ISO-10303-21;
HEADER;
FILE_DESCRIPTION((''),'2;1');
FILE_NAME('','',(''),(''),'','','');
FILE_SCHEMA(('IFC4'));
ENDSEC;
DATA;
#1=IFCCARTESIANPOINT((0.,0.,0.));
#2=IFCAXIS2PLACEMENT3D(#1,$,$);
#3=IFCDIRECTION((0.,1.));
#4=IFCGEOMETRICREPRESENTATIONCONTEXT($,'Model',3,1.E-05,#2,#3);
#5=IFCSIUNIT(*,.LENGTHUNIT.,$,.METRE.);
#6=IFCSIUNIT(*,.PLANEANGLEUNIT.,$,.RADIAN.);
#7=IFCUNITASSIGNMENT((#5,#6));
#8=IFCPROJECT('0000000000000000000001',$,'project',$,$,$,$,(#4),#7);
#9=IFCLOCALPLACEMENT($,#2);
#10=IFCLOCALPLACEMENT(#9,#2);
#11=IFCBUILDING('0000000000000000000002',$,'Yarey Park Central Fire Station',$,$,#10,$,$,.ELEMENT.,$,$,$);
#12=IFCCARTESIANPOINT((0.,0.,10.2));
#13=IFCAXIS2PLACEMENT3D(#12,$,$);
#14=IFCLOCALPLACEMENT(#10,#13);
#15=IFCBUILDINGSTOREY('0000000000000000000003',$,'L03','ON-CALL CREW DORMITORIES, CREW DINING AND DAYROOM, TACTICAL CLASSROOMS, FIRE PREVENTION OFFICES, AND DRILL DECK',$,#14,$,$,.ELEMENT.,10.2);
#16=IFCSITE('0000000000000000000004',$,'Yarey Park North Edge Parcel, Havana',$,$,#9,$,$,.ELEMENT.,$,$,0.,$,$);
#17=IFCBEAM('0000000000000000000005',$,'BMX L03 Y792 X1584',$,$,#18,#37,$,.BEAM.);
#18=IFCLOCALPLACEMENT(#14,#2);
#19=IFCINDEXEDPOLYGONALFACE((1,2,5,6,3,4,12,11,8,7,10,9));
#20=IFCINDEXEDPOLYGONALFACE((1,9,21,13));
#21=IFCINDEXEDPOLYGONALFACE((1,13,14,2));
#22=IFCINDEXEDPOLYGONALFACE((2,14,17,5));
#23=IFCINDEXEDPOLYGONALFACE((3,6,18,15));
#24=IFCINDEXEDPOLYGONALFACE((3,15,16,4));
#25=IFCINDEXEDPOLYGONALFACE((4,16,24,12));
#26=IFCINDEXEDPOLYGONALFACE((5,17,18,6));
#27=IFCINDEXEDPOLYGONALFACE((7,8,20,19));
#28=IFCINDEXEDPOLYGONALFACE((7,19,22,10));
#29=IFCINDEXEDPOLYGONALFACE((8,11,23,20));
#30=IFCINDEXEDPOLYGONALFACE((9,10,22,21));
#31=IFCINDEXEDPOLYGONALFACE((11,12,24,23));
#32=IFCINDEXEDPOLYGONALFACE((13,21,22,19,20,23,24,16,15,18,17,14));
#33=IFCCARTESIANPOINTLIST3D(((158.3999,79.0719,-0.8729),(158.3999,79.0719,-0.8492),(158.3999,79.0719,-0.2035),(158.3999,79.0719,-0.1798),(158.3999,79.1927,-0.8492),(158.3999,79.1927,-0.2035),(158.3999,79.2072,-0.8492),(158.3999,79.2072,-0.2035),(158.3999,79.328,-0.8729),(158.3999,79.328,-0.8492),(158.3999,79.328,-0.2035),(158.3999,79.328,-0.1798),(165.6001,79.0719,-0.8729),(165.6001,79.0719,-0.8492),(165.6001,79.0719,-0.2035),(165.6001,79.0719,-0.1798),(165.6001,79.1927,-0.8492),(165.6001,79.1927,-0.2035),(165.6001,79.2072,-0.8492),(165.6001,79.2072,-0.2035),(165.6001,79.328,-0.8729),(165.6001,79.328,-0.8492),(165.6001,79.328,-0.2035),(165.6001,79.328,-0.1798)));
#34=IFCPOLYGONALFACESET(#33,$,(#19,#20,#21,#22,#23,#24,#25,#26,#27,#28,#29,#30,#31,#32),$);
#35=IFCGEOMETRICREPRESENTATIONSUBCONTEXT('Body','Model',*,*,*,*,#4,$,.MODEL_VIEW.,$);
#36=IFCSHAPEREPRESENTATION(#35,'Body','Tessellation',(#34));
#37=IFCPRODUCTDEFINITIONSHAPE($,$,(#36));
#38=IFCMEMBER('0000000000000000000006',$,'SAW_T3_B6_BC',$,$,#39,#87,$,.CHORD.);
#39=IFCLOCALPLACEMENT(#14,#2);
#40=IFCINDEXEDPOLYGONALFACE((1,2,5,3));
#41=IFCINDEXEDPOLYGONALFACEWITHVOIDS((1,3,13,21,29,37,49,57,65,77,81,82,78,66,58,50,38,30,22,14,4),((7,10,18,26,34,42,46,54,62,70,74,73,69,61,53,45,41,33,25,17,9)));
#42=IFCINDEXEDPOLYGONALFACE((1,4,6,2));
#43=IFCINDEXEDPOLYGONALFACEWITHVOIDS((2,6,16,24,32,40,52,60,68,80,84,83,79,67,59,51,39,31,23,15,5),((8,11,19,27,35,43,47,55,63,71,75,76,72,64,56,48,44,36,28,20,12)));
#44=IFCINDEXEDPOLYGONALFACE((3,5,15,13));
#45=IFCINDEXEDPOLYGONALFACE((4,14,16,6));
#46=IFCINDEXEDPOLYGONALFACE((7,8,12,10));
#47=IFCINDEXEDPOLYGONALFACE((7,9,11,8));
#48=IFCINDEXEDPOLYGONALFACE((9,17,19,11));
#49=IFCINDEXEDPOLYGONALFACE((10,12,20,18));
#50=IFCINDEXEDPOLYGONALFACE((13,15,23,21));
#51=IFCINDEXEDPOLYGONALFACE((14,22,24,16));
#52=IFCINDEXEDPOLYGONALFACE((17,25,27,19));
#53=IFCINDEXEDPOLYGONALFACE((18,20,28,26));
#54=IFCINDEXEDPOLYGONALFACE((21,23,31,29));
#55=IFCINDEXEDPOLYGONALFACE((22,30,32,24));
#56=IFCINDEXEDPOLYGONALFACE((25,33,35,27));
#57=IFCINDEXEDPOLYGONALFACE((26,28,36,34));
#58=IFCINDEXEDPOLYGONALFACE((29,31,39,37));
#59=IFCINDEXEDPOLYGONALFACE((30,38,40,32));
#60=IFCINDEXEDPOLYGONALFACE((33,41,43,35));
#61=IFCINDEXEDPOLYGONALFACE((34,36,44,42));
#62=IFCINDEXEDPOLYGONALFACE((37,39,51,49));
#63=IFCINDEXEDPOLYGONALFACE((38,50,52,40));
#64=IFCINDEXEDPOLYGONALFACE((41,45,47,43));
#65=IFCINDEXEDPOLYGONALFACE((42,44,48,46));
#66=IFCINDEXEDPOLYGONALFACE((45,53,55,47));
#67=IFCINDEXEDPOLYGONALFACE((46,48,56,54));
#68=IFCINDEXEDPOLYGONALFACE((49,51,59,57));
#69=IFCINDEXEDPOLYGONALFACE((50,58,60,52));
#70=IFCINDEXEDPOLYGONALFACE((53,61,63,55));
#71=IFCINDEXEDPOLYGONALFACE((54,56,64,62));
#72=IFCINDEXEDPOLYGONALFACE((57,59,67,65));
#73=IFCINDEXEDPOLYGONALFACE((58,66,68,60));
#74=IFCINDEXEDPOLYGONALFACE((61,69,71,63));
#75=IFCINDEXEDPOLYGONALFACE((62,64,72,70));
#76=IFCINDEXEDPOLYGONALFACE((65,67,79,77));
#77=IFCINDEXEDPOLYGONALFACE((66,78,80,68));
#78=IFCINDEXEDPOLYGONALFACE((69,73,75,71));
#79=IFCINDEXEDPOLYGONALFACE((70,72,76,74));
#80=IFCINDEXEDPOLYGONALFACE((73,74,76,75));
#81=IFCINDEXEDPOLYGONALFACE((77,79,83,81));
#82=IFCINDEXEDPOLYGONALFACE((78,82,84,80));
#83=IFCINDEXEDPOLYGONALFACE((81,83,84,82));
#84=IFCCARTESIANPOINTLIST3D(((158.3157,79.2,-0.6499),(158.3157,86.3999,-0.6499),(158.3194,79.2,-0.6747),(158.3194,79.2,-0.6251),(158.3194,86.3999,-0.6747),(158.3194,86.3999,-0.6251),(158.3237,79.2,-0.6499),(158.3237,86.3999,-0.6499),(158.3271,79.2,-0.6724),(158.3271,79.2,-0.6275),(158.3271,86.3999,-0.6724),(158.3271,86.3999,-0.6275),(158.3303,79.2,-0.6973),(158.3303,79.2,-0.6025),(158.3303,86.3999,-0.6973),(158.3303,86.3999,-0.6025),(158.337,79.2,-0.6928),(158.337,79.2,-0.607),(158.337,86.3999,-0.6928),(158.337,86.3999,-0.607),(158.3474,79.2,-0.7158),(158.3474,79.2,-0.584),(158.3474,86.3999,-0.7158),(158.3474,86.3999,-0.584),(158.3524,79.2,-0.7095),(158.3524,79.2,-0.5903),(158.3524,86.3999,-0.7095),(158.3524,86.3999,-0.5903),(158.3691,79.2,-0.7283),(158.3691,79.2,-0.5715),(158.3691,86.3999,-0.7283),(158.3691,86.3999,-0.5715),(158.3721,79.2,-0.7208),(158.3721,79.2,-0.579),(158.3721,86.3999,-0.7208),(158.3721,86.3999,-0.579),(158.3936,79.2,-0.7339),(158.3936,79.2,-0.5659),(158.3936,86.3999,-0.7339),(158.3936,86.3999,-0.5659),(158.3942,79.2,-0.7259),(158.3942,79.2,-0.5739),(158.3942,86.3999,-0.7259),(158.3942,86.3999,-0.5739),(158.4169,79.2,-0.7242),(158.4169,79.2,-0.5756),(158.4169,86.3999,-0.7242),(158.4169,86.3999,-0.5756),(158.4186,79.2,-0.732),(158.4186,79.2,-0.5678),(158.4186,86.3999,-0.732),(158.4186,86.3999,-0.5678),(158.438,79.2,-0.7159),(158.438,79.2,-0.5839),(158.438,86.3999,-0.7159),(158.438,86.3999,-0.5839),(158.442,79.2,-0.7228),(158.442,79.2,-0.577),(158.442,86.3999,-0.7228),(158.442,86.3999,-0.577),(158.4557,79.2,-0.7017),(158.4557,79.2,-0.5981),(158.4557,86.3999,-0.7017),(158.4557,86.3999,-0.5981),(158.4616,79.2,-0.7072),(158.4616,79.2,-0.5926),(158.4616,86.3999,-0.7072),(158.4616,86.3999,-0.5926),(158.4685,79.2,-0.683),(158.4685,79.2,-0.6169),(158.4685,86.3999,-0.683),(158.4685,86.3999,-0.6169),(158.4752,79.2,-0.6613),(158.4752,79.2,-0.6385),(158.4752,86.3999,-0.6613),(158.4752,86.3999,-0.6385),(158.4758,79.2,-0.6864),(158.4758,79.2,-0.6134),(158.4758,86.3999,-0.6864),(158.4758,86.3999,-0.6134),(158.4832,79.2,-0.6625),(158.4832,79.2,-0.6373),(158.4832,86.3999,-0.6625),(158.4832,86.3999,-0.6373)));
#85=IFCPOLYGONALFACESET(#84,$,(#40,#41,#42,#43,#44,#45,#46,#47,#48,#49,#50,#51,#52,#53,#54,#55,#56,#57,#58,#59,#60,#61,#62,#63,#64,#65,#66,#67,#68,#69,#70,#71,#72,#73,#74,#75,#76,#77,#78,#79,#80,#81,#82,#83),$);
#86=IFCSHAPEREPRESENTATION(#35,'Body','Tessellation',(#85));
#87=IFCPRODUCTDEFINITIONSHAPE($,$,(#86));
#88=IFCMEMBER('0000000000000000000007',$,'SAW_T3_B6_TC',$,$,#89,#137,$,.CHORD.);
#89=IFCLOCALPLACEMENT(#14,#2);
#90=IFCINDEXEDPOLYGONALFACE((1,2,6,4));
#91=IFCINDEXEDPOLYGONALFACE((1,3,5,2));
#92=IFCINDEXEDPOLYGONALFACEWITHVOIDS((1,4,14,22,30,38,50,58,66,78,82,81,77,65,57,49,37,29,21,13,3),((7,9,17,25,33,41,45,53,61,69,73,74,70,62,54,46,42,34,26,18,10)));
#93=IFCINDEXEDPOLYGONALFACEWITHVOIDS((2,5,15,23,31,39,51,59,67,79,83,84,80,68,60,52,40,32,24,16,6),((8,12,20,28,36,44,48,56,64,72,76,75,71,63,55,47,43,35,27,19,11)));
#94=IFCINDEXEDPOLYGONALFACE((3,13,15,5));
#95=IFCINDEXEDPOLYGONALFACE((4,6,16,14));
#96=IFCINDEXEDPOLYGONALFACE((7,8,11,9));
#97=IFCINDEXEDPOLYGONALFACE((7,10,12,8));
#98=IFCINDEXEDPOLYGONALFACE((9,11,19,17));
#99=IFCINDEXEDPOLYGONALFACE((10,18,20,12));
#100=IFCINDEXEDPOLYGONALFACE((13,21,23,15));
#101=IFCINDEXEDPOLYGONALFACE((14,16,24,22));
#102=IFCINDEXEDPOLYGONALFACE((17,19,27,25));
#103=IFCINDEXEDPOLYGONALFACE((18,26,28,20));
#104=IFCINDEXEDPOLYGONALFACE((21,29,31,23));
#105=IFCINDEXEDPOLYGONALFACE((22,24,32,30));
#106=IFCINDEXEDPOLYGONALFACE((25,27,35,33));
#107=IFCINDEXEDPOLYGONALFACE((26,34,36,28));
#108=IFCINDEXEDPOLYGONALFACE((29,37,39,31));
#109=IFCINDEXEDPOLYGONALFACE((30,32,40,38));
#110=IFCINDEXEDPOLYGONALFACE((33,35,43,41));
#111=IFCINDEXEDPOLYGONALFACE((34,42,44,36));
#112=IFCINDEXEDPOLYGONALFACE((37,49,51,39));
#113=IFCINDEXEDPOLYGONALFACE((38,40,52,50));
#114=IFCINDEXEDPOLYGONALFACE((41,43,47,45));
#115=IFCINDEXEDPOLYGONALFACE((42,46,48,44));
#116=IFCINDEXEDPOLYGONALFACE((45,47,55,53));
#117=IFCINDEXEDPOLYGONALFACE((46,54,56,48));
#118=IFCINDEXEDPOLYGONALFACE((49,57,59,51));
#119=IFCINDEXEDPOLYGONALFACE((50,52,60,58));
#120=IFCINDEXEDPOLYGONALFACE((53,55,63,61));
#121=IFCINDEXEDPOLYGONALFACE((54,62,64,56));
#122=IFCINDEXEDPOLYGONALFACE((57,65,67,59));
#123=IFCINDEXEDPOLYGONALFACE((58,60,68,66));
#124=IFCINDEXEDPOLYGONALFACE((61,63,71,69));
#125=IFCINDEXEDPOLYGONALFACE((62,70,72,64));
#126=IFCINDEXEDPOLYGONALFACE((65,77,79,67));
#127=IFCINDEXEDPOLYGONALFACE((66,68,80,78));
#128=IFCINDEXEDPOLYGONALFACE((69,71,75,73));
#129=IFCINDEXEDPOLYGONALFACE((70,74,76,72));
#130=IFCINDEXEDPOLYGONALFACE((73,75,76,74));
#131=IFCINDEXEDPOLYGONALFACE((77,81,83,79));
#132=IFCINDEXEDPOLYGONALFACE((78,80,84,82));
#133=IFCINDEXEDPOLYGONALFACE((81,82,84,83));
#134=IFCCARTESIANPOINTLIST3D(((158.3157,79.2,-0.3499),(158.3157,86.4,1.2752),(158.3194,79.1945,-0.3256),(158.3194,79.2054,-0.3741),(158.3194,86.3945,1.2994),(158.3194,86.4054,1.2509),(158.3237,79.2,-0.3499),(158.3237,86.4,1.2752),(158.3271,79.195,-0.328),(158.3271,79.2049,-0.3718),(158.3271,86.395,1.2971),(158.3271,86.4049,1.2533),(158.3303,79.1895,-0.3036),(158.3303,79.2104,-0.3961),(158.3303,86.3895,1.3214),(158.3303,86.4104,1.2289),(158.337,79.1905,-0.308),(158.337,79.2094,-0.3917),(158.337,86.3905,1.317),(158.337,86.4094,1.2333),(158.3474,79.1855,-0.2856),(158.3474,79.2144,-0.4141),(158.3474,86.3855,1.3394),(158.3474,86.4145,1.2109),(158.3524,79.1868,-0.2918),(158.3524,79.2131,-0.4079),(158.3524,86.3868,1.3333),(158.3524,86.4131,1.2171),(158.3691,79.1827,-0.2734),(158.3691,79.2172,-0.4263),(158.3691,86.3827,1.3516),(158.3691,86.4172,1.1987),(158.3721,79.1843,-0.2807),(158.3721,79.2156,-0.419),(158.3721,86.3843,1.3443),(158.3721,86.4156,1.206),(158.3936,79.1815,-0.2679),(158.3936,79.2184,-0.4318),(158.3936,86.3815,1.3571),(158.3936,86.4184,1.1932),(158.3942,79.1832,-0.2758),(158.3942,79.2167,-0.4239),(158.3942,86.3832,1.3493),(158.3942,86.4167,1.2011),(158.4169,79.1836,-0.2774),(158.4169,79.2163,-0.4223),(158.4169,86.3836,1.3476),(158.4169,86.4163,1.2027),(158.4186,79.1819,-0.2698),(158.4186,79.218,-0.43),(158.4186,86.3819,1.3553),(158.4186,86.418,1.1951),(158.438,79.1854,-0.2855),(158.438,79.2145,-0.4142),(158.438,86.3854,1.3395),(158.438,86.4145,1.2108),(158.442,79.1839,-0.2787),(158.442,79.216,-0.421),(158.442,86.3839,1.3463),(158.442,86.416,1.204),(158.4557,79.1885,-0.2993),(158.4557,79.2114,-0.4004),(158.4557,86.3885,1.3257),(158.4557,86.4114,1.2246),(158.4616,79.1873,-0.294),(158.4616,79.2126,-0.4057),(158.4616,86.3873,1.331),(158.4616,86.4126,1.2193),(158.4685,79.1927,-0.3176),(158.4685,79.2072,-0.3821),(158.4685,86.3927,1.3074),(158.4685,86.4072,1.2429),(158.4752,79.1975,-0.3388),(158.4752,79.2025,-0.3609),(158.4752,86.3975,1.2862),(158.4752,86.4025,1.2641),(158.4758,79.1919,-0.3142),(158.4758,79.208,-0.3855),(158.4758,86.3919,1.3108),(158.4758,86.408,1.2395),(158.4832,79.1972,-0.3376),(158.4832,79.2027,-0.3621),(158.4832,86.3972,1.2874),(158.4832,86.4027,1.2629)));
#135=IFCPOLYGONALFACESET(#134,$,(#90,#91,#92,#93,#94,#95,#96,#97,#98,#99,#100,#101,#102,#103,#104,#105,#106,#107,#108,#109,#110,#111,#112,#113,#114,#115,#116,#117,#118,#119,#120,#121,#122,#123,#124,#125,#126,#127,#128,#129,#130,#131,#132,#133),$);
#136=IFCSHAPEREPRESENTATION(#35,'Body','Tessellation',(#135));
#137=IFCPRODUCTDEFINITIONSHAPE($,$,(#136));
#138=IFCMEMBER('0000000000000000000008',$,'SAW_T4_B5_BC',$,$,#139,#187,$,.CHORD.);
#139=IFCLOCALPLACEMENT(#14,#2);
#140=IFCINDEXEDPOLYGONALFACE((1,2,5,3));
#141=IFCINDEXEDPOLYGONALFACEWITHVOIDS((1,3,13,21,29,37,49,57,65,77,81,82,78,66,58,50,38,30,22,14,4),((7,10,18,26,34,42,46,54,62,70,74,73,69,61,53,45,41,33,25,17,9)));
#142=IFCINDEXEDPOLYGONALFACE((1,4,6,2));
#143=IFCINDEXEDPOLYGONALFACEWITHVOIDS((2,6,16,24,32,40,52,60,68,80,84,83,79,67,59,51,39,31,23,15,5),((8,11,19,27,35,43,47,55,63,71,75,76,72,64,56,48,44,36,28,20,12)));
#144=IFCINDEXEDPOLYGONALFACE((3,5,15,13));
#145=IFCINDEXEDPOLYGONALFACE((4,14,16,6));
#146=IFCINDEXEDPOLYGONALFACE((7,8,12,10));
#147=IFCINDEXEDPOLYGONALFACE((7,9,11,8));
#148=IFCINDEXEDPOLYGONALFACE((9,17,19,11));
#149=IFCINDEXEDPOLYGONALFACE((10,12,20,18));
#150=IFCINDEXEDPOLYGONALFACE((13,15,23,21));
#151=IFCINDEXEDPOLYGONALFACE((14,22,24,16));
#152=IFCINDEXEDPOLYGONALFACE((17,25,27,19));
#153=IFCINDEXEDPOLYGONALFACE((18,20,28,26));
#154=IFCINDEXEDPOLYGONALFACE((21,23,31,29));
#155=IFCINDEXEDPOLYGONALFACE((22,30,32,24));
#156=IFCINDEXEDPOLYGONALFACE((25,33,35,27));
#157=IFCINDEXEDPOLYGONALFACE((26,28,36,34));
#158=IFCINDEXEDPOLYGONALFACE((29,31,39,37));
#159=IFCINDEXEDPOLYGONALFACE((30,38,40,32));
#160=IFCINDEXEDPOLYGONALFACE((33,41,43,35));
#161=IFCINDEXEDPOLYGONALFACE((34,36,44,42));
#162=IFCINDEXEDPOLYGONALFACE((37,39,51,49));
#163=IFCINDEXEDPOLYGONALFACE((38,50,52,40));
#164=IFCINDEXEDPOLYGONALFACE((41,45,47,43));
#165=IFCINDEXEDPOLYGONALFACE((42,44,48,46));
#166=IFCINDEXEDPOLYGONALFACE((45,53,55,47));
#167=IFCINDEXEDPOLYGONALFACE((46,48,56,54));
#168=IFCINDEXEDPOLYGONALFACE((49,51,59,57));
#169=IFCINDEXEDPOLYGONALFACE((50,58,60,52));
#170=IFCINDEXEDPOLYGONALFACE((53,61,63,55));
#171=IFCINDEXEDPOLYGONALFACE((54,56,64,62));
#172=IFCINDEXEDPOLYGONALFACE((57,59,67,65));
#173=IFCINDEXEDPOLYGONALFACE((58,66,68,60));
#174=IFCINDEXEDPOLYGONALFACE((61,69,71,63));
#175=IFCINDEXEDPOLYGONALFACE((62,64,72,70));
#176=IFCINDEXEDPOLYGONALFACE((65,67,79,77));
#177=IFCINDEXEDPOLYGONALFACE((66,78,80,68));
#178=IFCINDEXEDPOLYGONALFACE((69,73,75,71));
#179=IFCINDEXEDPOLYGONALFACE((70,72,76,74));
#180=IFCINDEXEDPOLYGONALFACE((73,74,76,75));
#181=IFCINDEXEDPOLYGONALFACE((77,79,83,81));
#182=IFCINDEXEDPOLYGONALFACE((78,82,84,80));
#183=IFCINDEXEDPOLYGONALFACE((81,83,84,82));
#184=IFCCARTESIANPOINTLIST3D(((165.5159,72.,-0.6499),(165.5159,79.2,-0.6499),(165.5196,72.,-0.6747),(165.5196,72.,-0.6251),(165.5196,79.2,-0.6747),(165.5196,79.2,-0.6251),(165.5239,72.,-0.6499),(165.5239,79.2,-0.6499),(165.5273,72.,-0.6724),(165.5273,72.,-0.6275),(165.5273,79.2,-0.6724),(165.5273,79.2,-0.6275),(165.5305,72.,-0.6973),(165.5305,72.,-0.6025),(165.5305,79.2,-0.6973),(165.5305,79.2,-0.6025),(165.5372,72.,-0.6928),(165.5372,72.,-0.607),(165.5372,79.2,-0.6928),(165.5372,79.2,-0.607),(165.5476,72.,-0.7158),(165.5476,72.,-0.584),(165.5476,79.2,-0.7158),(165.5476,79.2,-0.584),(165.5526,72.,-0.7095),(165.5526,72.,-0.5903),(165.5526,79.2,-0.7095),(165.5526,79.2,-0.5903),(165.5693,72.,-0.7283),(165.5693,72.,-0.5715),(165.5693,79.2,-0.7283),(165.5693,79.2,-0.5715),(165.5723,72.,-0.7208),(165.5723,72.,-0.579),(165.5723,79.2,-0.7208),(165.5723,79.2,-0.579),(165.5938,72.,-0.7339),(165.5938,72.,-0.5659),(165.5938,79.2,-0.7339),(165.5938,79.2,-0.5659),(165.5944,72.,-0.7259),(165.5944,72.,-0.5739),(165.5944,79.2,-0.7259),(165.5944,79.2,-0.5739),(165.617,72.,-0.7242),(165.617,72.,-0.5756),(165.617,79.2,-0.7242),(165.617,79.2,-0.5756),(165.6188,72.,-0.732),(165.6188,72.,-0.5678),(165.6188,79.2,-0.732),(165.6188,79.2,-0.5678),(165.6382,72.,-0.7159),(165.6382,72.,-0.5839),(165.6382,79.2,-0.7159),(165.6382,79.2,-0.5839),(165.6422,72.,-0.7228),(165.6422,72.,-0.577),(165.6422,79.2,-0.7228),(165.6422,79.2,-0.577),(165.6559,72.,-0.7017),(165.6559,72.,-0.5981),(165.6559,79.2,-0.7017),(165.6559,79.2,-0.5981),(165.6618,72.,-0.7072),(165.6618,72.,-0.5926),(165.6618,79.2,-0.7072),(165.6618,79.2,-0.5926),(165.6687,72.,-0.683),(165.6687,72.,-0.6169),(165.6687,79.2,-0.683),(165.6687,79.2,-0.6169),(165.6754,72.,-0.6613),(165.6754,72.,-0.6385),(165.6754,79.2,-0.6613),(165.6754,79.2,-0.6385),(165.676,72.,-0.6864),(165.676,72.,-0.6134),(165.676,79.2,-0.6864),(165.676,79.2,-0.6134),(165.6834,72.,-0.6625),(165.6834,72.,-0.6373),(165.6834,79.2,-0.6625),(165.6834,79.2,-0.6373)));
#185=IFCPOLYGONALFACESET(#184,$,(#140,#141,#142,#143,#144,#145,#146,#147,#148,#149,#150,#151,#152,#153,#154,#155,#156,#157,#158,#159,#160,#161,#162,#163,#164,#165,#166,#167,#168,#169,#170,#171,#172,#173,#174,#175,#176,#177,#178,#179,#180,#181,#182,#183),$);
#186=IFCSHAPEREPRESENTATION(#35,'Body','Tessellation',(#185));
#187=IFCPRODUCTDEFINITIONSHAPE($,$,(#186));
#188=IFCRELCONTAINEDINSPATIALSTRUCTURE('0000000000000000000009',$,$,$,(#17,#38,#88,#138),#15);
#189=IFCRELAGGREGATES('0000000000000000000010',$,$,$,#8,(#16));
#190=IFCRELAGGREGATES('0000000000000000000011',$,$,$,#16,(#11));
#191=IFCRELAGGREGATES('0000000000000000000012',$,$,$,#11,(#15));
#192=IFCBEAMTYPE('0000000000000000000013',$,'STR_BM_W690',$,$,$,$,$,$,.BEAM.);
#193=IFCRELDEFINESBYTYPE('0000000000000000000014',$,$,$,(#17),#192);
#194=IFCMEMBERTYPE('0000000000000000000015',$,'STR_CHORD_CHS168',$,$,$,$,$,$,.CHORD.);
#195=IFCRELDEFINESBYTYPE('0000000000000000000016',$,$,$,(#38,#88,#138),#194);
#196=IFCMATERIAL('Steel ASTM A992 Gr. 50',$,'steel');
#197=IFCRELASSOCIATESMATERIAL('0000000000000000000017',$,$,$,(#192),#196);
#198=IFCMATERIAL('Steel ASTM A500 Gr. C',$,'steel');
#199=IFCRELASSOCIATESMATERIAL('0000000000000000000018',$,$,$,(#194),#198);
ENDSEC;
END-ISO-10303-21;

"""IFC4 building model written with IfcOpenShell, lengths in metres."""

from ifc_helpers import new_model, si_unit, direction, frame, origin, origin_2d, place, context, subcontext, project, spatial, hollow_circle, i_section, extrude, material, material_profile, profile_set, type_object, element, save


model = new_model("IFC4")

# Units and contexts
model_context = context("Model", 3, precision=1e-05, world=origin(), true_north=direction((0.0, 1.0)))
body_context = subcontext(model_context, "Body", "Model", "MODEL_VIEW")
ifc_project = project(units=[si_unit("LENGTHUNIT", "METRE"), si_unit("PLANEANGLEUNIT", "RADIAN")], contexts=[model_context])

# Site, building, storey
site_placement = place(None, origin())
site = spatial("IfcSite", under=ifc_project, at=site_placement, Name="Yarey Park North Edge Parcel, Havana", CompositionType="ELEMENT", RefElevation=0.0)
building_placement = place(site_placement, origin())
building = spatial("IfcBuilding", under=site, at=building_placement, Name="Yarey Park Central Fire Station", CompositionType="ELEMENT")
storey_placement = place(building_placement, frame((0.0, 0.0, 10.2)))
storey = spatial("IfcBuildingStorey", under=building, at=storey_placement, Name="L03", Description="ON-CALL CREW DORMITORIES, CREW DINING AND DAYROOM, TACTICAL CLASSROOMS, FIRE PREVENTION OFFICES, AND DRILL DECK", CompositionType="ELEMENT", Elevation=10.2)

# Beam
ifc_material_1 = material(Name="Steel ASTM A992 Gr. 50", Category="steel")
ifc_material_profile_1 = material_profile(ifc_material_1, i_section(OverallWidth=0.2561, OverallDepth=0.6931, WebThickness=0.0144, FlangeThickness=0.0237, at=origin_2d()), Name="W690x170")
ifc_profile_set_1 = profile_set([ifc_material_profile_1], Name="Steel ASTM A992 Gr. 50")
beam_type_1 = type_object("IfcBeamType", Name="STR_BM_W690", PredefinedType="BEAM", material=ifc_profile_set_1)
beam_placement = place(storey_placement, frame((158.3999, 79.2, -0.5264), z_axis=(1.0, 0.0, 0.0), x_axis=(0.0, 1.0, 0.0)))
element("IfcBeam", 1, at=beam_placement, inside=storey, type_object=beam_type_1, Name="BMX L03 Y792 X1584", PredefinedType="BEAM", context=body_context, shape_type="SweptSolid", body=[
    extrude(i_section(OverallWidth=0.2561, OverallDepth=0.6931, WebThickness=0.0144, FlangeThickness=0.0237, at=origin_2d()), origin(), (0.0, 0.0, 1.0), 7.2002),
])

# Members
ifc_material_2 = material(Name="Steel ASTM A500 Gr. C", Category="steel")
ifc_material_profile_2 = material_profile(ifc_material_2, hollow_circle(Radius=0.0842, WallThickness=0.0081, at=origin_2d()), Name="CHS 168.3x8")
ifc_profile_set_2 = profile_set([ifc_material_profile_2], Name="Steel ASTM A500 Gr. C")
member_type_1 = type_object("IfcMemberType", Name="STR_CHORD_CHS168", PredefinedType="CHORD", material=ifc_profile_set_2)
member_1_placement = place(storey_placement, frame((158.3999, 79.2, -0.6499), z_axis=(0.0, 1.0, 0.0), x_axis=(-1.0, 0.0, 0.0)))
element("IfcMember", 2, at=member_1_placement, inside=storey, type_object=member_type_1, Name="SAW_T3_B6_BC", PredefinedType="CHORD", context=body_context, shape_type="SweptSolid", body=[
    extrude(hollow_circle(Radius=0.0842, WallThickness=0.0081, at=origin_2d()), origin(), (0.0, 0.0, 1.0), 7.2),
])
member_2_placement = place(storey_placement, frame((158.3999, 79.2, -0.3499), z_axis=(0.0, 0.975464, 0.220158), x_axis=(-1.0, 0.0, 0.0)))
element("IfcMember", 3, at=member_2_placement, inside=storey, type_object=member_type_1, Name="SAW_T3_B6_TC", PredefinedType="CHORD", context=body_context, shape_type="SweptSolid", body=[
    extrude(hollow_circle(Radius=0.0842, WallThickness=0.0081, at=origin_2d()), origin(), (0.0, 0.0, 1.0), 7.3811),
])
member_3_placement = place(storey_placement, frame((165.6001, 72.0, -0.6499), z_axis=(0.0, 1.0, 0.0), x_axis=(-1.0, 0.0, 0.0)))
element("IfcMember", 4, at=member_3_placement, inside=storey, type_object=member_type_1, Name="SAW_T4_B5_BC", PredefinedType="CHORD", context=body_context, shape_type="SweptSolid", body=[
    extrude(hollow_circle(Radius=0.0842, WallThickness=0.0081, at=origin_2d()), origin(), (0.0, 0.0, 1.0), 7.2),
])

save(model, "model.ifc")
